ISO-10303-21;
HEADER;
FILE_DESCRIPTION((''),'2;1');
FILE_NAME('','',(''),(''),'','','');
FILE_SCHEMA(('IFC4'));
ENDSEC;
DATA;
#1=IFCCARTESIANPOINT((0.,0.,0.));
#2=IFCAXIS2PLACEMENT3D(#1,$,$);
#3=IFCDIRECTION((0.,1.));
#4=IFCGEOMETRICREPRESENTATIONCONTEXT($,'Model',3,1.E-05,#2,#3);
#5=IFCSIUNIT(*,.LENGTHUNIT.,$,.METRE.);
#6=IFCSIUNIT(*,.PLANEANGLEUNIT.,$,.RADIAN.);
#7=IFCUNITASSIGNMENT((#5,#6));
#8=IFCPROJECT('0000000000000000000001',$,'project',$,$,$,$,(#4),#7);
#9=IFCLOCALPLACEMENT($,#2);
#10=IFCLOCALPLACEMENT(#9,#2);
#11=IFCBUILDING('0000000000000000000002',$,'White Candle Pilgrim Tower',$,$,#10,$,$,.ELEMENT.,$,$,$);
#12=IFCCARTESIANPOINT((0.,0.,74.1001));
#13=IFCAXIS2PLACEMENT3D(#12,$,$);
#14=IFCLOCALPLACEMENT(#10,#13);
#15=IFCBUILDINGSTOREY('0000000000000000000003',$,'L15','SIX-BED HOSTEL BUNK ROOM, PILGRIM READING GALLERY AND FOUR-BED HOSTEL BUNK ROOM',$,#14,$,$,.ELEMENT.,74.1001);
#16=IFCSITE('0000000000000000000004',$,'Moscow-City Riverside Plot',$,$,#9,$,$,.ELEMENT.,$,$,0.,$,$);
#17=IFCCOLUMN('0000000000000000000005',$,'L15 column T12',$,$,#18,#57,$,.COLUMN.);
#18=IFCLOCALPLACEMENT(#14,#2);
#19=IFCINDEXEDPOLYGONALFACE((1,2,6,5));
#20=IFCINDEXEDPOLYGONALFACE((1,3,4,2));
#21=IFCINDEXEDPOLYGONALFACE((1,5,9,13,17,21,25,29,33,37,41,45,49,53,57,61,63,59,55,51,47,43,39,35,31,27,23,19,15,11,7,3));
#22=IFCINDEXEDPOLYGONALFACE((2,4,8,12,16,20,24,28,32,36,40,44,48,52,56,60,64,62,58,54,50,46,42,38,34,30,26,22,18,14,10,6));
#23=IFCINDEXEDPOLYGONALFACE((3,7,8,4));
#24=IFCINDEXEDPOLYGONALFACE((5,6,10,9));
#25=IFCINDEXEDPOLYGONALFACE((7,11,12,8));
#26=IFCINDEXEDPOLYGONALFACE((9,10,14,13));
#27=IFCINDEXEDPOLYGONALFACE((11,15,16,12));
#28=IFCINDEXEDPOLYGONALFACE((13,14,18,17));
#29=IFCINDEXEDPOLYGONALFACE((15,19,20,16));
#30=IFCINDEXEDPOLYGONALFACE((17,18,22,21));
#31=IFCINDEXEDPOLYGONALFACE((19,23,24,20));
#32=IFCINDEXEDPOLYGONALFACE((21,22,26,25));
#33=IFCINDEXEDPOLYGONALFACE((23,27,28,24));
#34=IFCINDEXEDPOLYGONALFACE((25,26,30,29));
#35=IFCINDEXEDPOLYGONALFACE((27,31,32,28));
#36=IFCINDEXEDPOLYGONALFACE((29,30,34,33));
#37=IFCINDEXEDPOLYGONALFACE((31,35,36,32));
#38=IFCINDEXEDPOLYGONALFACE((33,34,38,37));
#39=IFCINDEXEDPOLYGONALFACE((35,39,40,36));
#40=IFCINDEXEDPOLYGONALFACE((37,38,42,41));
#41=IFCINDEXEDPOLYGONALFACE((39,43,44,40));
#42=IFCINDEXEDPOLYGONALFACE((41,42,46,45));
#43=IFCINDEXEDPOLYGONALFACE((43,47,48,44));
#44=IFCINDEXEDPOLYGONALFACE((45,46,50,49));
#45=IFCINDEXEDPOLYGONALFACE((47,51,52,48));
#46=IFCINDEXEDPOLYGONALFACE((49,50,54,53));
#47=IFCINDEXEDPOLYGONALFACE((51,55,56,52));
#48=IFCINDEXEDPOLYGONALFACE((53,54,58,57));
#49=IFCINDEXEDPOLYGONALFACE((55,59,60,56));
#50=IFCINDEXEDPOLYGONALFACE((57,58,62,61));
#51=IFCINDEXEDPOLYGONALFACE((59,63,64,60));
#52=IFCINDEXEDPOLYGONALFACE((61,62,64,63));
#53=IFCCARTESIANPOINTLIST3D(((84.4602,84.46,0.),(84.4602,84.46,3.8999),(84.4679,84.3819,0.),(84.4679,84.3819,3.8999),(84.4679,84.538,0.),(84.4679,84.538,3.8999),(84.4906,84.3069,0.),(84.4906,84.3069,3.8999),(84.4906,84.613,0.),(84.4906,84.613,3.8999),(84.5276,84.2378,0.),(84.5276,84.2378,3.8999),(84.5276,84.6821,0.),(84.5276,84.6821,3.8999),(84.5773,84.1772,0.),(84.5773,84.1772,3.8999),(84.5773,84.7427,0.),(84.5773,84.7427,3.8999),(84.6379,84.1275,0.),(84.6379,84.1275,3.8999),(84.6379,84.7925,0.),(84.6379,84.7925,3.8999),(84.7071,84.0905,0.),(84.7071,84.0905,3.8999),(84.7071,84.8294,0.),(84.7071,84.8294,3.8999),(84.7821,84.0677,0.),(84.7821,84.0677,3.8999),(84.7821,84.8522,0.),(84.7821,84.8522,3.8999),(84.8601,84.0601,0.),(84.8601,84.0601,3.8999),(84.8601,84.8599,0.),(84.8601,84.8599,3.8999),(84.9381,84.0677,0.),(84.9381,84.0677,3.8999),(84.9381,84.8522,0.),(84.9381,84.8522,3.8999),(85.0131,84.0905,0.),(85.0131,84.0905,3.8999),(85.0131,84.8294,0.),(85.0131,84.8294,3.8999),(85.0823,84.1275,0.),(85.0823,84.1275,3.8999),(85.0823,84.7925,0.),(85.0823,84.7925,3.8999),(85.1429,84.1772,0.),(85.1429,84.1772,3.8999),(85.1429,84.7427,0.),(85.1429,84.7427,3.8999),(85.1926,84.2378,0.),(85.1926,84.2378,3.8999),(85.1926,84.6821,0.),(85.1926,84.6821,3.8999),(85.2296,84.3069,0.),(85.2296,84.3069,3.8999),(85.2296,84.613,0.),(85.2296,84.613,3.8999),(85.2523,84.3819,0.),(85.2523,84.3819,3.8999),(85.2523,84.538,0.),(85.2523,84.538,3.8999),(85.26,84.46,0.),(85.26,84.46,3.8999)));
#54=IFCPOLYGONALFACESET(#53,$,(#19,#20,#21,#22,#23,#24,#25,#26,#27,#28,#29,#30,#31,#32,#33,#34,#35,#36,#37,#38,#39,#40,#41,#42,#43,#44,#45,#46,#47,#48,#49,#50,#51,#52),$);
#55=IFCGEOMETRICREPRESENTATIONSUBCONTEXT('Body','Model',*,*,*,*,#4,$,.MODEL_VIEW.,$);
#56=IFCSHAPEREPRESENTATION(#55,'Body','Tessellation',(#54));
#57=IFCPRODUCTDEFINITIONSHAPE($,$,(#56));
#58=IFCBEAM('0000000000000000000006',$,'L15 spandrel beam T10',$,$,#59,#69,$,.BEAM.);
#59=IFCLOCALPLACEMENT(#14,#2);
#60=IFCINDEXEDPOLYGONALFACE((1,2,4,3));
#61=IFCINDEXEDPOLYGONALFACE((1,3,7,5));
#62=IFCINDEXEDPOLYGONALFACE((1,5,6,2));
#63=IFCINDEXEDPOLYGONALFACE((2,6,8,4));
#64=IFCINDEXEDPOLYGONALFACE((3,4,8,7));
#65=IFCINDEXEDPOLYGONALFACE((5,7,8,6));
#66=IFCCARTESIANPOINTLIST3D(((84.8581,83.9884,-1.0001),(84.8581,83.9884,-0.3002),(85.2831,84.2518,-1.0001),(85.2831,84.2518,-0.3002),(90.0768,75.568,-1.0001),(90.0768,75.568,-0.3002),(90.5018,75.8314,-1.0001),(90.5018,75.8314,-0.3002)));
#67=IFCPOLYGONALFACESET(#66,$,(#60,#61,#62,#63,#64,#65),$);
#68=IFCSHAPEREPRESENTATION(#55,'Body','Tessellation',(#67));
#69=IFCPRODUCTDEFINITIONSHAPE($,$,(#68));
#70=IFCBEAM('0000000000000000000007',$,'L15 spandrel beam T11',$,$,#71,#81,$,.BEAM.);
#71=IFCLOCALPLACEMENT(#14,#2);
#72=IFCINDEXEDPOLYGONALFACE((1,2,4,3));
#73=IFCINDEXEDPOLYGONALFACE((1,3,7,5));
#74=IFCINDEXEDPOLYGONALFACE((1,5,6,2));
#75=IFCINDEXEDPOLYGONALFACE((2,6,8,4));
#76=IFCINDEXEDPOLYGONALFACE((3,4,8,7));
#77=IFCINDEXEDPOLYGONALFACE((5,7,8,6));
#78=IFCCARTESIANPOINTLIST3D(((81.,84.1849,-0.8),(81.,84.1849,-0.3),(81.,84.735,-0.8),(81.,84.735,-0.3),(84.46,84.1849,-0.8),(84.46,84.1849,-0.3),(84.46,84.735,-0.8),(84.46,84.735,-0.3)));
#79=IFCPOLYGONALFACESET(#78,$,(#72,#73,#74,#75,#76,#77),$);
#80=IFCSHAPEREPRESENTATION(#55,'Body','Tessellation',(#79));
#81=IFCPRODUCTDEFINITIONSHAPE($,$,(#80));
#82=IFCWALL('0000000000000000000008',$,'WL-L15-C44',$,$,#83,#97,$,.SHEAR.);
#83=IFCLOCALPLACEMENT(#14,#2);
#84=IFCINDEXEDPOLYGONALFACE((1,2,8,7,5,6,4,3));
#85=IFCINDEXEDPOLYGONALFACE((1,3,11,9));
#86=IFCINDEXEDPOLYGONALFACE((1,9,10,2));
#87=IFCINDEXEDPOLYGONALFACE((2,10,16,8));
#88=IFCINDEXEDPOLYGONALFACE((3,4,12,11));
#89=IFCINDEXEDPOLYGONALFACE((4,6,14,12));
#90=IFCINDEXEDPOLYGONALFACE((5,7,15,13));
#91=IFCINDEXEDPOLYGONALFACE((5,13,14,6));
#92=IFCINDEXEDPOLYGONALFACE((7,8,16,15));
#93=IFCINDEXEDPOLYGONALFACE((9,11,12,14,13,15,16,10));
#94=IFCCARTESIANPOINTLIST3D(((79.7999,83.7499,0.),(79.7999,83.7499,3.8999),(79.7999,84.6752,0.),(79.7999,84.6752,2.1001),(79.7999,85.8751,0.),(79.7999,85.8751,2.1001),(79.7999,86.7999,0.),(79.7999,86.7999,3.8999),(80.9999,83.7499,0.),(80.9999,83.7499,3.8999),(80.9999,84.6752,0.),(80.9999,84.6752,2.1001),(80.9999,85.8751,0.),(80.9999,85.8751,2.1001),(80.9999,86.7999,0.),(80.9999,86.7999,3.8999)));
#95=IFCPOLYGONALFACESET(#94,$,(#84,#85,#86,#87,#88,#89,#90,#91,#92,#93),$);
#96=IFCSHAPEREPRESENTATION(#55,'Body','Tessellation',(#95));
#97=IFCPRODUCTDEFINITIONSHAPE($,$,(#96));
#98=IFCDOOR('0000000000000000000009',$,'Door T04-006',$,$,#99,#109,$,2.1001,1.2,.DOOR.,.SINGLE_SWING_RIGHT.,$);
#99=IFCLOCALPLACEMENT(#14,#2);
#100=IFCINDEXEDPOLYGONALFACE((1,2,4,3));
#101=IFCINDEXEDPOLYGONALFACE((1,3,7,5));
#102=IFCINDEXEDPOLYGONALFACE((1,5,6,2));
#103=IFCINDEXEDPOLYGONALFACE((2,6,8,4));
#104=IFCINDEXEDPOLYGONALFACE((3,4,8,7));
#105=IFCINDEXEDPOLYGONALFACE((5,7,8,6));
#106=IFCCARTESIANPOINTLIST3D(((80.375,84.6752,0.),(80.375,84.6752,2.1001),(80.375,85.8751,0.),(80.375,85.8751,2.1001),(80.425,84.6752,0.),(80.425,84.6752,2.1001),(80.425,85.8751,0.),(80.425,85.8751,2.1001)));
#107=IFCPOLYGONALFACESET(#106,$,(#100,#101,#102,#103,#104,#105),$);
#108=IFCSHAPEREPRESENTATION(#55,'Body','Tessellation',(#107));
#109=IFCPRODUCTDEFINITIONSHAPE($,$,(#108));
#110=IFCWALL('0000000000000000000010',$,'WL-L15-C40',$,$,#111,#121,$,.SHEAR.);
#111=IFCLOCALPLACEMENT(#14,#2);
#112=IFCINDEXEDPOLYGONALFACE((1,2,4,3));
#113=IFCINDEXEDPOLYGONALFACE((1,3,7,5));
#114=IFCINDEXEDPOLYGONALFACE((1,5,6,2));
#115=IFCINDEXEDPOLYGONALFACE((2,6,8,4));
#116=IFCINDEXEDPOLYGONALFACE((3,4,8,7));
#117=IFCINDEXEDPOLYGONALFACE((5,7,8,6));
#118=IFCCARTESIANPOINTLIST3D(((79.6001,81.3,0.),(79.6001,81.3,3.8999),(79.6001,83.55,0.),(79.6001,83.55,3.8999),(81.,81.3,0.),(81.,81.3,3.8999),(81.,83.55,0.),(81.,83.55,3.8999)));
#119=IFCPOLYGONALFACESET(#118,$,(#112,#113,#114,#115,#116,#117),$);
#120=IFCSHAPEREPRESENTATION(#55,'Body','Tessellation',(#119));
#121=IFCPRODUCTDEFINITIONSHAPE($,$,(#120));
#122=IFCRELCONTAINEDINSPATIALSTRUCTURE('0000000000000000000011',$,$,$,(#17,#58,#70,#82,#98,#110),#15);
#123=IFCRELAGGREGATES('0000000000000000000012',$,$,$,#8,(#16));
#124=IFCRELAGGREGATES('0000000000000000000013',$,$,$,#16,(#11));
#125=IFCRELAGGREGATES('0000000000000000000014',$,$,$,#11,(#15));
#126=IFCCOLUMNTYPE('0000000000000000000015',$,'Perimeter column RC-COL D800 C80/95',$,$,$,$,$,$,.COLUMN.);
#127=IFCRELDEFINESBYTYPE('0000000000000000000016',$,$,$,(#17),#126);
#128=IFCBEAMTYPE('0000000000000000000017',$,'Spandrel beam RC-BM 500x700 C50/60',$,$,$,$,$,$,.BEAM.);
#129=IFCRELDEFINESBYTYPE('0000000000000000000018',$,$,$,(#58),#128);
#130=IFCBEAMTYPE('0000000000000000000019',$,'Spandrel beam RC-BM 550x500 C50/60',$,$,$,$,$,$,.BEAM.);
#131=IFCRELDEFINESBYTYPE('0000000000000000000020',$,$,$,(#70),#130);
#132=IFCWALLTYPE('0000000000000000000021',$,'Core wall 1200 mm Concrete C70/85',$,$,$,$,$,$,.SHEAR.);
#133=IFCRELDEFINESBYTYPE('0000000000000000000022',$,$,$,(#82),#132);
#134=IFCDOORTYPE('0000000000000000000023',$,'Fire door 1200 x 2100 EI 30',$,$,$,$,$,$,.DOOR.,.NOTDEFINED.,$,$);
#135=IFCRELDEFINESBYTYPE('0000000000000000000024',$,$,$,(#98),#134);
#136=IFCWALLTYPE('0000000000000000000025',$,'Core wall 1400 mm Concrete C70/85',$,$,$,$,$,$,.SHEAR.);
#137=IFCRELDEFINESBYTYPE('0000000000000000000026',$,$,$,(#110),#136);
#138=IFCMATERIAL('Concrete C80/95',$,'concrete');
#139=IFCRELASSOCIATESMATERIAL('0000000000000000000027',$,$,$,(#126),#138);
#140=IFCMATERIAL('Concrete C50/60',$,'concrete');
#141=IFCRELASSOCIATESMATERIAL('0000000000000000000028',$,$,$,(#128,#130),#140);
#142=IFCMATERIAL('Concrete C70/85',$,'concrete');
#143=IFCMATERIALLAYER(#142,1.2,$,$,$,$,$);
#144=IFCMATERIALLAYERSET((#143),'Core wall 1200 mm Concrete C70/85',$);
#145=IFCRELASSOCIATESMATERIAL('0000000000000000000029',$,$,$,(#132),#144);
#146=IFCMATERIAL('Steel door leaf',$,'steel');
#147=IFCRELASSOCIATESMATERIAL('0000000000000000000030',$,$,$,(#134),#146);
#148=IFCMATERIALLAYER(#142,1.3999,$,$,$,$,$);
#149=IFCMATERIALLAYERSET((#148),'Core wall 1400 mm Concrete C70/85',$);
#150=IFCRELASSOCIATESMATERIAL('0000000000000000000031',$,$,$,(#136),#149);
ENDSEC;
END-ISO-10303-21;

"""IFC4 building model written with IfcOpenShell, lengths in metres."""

from ifc_helpers import new_model, si_unit, direction, frame, frame_2d, origin, origin_2d, place, context, subcontext, project, spatial, rectangle, circle, extrude, material, layer, layer_set, material_profile, profile_set, type_object, element, fill, save


model = new_model("IFC4")

# Units and contexts
model_context = context("Model", 3, precision=1e-05, world=origin(), true_north=direction((0.0, 1.0)))
body_context = subcontext(model_context, "Body", "Model", "MODEL_VIEW")
ifc_project = project(units=[si_unit("LENGTHUNIT", "METRE"), si_unit("PLANEANGLEUNIT", "RADIAN")], contexts=[model_context])

# Site, building, storey
site_placement = place(None, origin())
site = spatial("IfcSite", under=ifc_project, at=site_placement, Name="Moscow-City Riverside Plot", CompositionType="ELEMENT", RefElevation=0.0)
building_placement = place(site_placement, origin())
building = spatial("IfcBuilding", under=site, at=building_placement, Name="White Candle Pilgrim Tower", CompositionType="ELEMENT")
storey_placement = place(building_placement, frame((0.0, 0.0, 74.1001)))
storey = spatial("IfcBuildingStorey", under=building, at=storey_placement, Name="L15", Description="SIX-BED HOSTEL BUNK ROOM, PILGRIM READING GALLERY AND FOUR-BED HOSTEL BUNK ROOM", CompositionType="ELEMENT", Elevation=74.1001)

# Column
ifc_material_1 = material(Name="Concrete C80/95", Category="concrete")
ifc_material_profile_1 = material_profile(ifc_material_1, circle(Radius=0.3999, at=origin_2d()), Name="RC-COL D800")
ifc_profile_set_1 = profile_set([ifc_material_profile_1], Name="Concrete C80/95")
column_type = type_object("IfcColumnType", Name="Perimeter column RC-COL D800 C80/95", PredefinedType="COLUMN", material=ifc_profile_set_1)
column_placement = place(storey_placement, frame((84.8601, 84.46, 0.0), z_axis=(0.0, 0.0, 1.0), x_axis=(1.0, 0.0, 0.0)))
element("IfcColumn", 1, at=column_placement, inside=storey, type_object=column_type, Name="L15 column T12", PredefinedType="COLUMN", context=body_context, shape_type="SweptSolid", body=[
    extrude(circle(Radius=0.3999, at=origin_2d()), origin(), (0.0, 0.0, 1.0), 3.8999),
])

# Beams
ifc_material_2 = material(Name="Concrete C50/60", Category="concrete")
ifc_material_profile_2 = material_profile(ifc_material_2, rectangle(XDim=0.5, YDim=0.7, at=origin_2d()), Name="RC-BM 500x700")
ifc_profile_set_2 = profile_set([ifc_material_profile_2], Name="Concrete C50/60")
beam_type_1 = type_object("IfcBeamType", Name="Spandrel beam RC-BM 500x700 C50/60", PredefinedType="BEAM", material=ifc_profile_set_2)
beam_1_placement = place(storey_placement, frame((90.2893, 75.6997, -0.6501), z_axis=(-0.526801, 0.849989, 0.0), x_axis=(-0.849989, -0.526801, 0.0)))
element("IfcBeam", 2, at=beam_1_placement, inside=storey, type_object=beam_type_1, Name="L15 spandrel beam T10", PredefinedType="BEAM", context=body_context, shape_type="SweptSolid", body=[
    extrude(rectangle(XDim=0.5, YDim=0.7, at=origin_2d()), origin(), (0.0, 0.0, 1.0), 9.9065),
])
ifc_material_profile_3 = material_profile(ifc_material_2, rectangle(XDim=0.55, YDim=0.5, at=origin_2d()), Name="RC-BM 550x500")
ifc_profile_set_3 = profile_set([ifc_material_profile_3], Name="Concrete C50/60")
beam_type_2 = type_object("IfcBeamType", Name="Spandrel beam RC-BM 550x500 C50/60", PredefinedType="BEAM", material=ifc_profile_set_3)
beam_2_placement = place(storey_placement, frame((84.46, 84.46, -0.55), z_axis=(-1.0, 0.0, 0.0), x_axis=(0.0, -1.0, 0.0)))
element("IfcBeam", 3, at=beam_2_placement, inside=storey, type_object=beam_type_2, Name="L15 spandrel beam T11", PredefinedType="BEAM", context=body_context, shape_type="SweptSolid", body=[
    extrude(rectangle(XDim=0.55, YDim=0.5, at=origin_2d()), origin(), (0.0, 0.0, 1.0), 3.46),
])

# Wall, opening, door
ifc_material_3 = material(Name="Concrete C70/85", Category="concrete")
ifc_layer_1 = layer(ifc_material_3, 1.2)
ifc_layer_set_1 = layer_set([ifc_layer_1], Name="Core wall 1200 mm Concrete C70/85")
wall_type_1 = type_object("IfcWallType", Name="Core wall 1200 mm Concrete C70/85", PredefinedType="SHEAR", material=ifc_layer_set_1)
wall_1_placement = place(storey_placement, frame((80.3999, 83.75, 0.0), z_axis=(0.0, 0.0, 1.0), x_axis=(0.0, 1.0, 0.0)))
wall_1 = element("IfcWall", 4, at=wall_1_placement, inside=storey, type_object=wall_type_1, Name="WL-L15-C44", PredefinedType="SHEAR", context=body_context, shape_type="SweptSolid", body=[
    extrude(rectangle(XDim=3.05, YDim=1.2, at=frame_2d((1.5249, 0.0))), origin(), (0.0, 0.0, 1.0), 3.8999),
])
opening_1_placement = place(wall_1_placement, frame((0.925, 0.0, 0.0)))
opening_1 = element("IfcOpeningElement", 5, at=opening_1_placement, cuts=wall_1, PredefinedType="OPENING", context=body_context, shape_type="SweptSolid", body=[
    extrude(rectangle(XDim=1.2, YDim=2.1001, at=frame_2d((0.6001, 1.05))), frame((0.0, 0.6099, 0.0), z_axis=(0.0, -1.0, 0.0), x_axis=(1.0, 0.0, 0.0)), (0.0, 0.0, 1.0), 1.22),
])
ifc_material_4 = material(Name="Steel door leaf", Category="steel")
door_type_1 = type_object("IfcDoorType", Name="Fire door 1200 x 2100 EI 30", OperationType="NOTDEFINED", PredefinedType="DOOR", material=ifc_material_4)
door_1_placement = place(opening_1_placement, origin())
door_1 = element("IfcDoor", 6, at=door_1_placement, inside=storey, type_object=door_type_1, Name="Door T04-006", OperationType="SINGLE_SWING_RIGHT", OverallHeight=2.1001, OverallWidth=1.2, PredefinedType="DOOR", context=body_context, shape_type="SweptSolid", body=[
    extrude(rectangle(XDim=1.2, YDim=2.1001, at=frame_2d((0.6001, 1.05))), frame((0.0, 0.0249, 0.0), z_axis=(0.0, -1.0, 0.0), x_axis=(1.0, 0.0, 0.0)), (0.0, 0.0, 1.0), 0.05),
])
fill(opening_1, door_1)

# Wall
ifc_layer_2 = layer(ifc_material_3, 1.3999)
ifc_layer_set_2 = layer_set([ifc_layer_2], Name="Core wall 1400 mm Concrete C70/85")
wall_type_2 = type_object("IfcWallType", Name="Core wall 1400 mm Concrete C70/85", PredefinedType="SHEAR", material=ifc_layer_set_2)
wall_2_placement = place(storey_placement, frame((80.3, 81.3, 0.0), z_axis=(0.0, 0.0, 1.0), x_axis=(0.0, 1.0, 0.0)))
element("IfcWall", 7, at=wall_2_placement, inside=storey, type_object=wall_type_2, Name="WL-L15-C40", PredefinedType="SHEAR", context=body_context, shape_type="SweptSolid", body=[
    extrude(rectangle(XDim=2.25, YDim=1.3999, at=frame_2d((1.125, 0.0))), origin(), (0.0, 0.0, 1.0), 3.8999),
])

save(model, "model.ifc")
